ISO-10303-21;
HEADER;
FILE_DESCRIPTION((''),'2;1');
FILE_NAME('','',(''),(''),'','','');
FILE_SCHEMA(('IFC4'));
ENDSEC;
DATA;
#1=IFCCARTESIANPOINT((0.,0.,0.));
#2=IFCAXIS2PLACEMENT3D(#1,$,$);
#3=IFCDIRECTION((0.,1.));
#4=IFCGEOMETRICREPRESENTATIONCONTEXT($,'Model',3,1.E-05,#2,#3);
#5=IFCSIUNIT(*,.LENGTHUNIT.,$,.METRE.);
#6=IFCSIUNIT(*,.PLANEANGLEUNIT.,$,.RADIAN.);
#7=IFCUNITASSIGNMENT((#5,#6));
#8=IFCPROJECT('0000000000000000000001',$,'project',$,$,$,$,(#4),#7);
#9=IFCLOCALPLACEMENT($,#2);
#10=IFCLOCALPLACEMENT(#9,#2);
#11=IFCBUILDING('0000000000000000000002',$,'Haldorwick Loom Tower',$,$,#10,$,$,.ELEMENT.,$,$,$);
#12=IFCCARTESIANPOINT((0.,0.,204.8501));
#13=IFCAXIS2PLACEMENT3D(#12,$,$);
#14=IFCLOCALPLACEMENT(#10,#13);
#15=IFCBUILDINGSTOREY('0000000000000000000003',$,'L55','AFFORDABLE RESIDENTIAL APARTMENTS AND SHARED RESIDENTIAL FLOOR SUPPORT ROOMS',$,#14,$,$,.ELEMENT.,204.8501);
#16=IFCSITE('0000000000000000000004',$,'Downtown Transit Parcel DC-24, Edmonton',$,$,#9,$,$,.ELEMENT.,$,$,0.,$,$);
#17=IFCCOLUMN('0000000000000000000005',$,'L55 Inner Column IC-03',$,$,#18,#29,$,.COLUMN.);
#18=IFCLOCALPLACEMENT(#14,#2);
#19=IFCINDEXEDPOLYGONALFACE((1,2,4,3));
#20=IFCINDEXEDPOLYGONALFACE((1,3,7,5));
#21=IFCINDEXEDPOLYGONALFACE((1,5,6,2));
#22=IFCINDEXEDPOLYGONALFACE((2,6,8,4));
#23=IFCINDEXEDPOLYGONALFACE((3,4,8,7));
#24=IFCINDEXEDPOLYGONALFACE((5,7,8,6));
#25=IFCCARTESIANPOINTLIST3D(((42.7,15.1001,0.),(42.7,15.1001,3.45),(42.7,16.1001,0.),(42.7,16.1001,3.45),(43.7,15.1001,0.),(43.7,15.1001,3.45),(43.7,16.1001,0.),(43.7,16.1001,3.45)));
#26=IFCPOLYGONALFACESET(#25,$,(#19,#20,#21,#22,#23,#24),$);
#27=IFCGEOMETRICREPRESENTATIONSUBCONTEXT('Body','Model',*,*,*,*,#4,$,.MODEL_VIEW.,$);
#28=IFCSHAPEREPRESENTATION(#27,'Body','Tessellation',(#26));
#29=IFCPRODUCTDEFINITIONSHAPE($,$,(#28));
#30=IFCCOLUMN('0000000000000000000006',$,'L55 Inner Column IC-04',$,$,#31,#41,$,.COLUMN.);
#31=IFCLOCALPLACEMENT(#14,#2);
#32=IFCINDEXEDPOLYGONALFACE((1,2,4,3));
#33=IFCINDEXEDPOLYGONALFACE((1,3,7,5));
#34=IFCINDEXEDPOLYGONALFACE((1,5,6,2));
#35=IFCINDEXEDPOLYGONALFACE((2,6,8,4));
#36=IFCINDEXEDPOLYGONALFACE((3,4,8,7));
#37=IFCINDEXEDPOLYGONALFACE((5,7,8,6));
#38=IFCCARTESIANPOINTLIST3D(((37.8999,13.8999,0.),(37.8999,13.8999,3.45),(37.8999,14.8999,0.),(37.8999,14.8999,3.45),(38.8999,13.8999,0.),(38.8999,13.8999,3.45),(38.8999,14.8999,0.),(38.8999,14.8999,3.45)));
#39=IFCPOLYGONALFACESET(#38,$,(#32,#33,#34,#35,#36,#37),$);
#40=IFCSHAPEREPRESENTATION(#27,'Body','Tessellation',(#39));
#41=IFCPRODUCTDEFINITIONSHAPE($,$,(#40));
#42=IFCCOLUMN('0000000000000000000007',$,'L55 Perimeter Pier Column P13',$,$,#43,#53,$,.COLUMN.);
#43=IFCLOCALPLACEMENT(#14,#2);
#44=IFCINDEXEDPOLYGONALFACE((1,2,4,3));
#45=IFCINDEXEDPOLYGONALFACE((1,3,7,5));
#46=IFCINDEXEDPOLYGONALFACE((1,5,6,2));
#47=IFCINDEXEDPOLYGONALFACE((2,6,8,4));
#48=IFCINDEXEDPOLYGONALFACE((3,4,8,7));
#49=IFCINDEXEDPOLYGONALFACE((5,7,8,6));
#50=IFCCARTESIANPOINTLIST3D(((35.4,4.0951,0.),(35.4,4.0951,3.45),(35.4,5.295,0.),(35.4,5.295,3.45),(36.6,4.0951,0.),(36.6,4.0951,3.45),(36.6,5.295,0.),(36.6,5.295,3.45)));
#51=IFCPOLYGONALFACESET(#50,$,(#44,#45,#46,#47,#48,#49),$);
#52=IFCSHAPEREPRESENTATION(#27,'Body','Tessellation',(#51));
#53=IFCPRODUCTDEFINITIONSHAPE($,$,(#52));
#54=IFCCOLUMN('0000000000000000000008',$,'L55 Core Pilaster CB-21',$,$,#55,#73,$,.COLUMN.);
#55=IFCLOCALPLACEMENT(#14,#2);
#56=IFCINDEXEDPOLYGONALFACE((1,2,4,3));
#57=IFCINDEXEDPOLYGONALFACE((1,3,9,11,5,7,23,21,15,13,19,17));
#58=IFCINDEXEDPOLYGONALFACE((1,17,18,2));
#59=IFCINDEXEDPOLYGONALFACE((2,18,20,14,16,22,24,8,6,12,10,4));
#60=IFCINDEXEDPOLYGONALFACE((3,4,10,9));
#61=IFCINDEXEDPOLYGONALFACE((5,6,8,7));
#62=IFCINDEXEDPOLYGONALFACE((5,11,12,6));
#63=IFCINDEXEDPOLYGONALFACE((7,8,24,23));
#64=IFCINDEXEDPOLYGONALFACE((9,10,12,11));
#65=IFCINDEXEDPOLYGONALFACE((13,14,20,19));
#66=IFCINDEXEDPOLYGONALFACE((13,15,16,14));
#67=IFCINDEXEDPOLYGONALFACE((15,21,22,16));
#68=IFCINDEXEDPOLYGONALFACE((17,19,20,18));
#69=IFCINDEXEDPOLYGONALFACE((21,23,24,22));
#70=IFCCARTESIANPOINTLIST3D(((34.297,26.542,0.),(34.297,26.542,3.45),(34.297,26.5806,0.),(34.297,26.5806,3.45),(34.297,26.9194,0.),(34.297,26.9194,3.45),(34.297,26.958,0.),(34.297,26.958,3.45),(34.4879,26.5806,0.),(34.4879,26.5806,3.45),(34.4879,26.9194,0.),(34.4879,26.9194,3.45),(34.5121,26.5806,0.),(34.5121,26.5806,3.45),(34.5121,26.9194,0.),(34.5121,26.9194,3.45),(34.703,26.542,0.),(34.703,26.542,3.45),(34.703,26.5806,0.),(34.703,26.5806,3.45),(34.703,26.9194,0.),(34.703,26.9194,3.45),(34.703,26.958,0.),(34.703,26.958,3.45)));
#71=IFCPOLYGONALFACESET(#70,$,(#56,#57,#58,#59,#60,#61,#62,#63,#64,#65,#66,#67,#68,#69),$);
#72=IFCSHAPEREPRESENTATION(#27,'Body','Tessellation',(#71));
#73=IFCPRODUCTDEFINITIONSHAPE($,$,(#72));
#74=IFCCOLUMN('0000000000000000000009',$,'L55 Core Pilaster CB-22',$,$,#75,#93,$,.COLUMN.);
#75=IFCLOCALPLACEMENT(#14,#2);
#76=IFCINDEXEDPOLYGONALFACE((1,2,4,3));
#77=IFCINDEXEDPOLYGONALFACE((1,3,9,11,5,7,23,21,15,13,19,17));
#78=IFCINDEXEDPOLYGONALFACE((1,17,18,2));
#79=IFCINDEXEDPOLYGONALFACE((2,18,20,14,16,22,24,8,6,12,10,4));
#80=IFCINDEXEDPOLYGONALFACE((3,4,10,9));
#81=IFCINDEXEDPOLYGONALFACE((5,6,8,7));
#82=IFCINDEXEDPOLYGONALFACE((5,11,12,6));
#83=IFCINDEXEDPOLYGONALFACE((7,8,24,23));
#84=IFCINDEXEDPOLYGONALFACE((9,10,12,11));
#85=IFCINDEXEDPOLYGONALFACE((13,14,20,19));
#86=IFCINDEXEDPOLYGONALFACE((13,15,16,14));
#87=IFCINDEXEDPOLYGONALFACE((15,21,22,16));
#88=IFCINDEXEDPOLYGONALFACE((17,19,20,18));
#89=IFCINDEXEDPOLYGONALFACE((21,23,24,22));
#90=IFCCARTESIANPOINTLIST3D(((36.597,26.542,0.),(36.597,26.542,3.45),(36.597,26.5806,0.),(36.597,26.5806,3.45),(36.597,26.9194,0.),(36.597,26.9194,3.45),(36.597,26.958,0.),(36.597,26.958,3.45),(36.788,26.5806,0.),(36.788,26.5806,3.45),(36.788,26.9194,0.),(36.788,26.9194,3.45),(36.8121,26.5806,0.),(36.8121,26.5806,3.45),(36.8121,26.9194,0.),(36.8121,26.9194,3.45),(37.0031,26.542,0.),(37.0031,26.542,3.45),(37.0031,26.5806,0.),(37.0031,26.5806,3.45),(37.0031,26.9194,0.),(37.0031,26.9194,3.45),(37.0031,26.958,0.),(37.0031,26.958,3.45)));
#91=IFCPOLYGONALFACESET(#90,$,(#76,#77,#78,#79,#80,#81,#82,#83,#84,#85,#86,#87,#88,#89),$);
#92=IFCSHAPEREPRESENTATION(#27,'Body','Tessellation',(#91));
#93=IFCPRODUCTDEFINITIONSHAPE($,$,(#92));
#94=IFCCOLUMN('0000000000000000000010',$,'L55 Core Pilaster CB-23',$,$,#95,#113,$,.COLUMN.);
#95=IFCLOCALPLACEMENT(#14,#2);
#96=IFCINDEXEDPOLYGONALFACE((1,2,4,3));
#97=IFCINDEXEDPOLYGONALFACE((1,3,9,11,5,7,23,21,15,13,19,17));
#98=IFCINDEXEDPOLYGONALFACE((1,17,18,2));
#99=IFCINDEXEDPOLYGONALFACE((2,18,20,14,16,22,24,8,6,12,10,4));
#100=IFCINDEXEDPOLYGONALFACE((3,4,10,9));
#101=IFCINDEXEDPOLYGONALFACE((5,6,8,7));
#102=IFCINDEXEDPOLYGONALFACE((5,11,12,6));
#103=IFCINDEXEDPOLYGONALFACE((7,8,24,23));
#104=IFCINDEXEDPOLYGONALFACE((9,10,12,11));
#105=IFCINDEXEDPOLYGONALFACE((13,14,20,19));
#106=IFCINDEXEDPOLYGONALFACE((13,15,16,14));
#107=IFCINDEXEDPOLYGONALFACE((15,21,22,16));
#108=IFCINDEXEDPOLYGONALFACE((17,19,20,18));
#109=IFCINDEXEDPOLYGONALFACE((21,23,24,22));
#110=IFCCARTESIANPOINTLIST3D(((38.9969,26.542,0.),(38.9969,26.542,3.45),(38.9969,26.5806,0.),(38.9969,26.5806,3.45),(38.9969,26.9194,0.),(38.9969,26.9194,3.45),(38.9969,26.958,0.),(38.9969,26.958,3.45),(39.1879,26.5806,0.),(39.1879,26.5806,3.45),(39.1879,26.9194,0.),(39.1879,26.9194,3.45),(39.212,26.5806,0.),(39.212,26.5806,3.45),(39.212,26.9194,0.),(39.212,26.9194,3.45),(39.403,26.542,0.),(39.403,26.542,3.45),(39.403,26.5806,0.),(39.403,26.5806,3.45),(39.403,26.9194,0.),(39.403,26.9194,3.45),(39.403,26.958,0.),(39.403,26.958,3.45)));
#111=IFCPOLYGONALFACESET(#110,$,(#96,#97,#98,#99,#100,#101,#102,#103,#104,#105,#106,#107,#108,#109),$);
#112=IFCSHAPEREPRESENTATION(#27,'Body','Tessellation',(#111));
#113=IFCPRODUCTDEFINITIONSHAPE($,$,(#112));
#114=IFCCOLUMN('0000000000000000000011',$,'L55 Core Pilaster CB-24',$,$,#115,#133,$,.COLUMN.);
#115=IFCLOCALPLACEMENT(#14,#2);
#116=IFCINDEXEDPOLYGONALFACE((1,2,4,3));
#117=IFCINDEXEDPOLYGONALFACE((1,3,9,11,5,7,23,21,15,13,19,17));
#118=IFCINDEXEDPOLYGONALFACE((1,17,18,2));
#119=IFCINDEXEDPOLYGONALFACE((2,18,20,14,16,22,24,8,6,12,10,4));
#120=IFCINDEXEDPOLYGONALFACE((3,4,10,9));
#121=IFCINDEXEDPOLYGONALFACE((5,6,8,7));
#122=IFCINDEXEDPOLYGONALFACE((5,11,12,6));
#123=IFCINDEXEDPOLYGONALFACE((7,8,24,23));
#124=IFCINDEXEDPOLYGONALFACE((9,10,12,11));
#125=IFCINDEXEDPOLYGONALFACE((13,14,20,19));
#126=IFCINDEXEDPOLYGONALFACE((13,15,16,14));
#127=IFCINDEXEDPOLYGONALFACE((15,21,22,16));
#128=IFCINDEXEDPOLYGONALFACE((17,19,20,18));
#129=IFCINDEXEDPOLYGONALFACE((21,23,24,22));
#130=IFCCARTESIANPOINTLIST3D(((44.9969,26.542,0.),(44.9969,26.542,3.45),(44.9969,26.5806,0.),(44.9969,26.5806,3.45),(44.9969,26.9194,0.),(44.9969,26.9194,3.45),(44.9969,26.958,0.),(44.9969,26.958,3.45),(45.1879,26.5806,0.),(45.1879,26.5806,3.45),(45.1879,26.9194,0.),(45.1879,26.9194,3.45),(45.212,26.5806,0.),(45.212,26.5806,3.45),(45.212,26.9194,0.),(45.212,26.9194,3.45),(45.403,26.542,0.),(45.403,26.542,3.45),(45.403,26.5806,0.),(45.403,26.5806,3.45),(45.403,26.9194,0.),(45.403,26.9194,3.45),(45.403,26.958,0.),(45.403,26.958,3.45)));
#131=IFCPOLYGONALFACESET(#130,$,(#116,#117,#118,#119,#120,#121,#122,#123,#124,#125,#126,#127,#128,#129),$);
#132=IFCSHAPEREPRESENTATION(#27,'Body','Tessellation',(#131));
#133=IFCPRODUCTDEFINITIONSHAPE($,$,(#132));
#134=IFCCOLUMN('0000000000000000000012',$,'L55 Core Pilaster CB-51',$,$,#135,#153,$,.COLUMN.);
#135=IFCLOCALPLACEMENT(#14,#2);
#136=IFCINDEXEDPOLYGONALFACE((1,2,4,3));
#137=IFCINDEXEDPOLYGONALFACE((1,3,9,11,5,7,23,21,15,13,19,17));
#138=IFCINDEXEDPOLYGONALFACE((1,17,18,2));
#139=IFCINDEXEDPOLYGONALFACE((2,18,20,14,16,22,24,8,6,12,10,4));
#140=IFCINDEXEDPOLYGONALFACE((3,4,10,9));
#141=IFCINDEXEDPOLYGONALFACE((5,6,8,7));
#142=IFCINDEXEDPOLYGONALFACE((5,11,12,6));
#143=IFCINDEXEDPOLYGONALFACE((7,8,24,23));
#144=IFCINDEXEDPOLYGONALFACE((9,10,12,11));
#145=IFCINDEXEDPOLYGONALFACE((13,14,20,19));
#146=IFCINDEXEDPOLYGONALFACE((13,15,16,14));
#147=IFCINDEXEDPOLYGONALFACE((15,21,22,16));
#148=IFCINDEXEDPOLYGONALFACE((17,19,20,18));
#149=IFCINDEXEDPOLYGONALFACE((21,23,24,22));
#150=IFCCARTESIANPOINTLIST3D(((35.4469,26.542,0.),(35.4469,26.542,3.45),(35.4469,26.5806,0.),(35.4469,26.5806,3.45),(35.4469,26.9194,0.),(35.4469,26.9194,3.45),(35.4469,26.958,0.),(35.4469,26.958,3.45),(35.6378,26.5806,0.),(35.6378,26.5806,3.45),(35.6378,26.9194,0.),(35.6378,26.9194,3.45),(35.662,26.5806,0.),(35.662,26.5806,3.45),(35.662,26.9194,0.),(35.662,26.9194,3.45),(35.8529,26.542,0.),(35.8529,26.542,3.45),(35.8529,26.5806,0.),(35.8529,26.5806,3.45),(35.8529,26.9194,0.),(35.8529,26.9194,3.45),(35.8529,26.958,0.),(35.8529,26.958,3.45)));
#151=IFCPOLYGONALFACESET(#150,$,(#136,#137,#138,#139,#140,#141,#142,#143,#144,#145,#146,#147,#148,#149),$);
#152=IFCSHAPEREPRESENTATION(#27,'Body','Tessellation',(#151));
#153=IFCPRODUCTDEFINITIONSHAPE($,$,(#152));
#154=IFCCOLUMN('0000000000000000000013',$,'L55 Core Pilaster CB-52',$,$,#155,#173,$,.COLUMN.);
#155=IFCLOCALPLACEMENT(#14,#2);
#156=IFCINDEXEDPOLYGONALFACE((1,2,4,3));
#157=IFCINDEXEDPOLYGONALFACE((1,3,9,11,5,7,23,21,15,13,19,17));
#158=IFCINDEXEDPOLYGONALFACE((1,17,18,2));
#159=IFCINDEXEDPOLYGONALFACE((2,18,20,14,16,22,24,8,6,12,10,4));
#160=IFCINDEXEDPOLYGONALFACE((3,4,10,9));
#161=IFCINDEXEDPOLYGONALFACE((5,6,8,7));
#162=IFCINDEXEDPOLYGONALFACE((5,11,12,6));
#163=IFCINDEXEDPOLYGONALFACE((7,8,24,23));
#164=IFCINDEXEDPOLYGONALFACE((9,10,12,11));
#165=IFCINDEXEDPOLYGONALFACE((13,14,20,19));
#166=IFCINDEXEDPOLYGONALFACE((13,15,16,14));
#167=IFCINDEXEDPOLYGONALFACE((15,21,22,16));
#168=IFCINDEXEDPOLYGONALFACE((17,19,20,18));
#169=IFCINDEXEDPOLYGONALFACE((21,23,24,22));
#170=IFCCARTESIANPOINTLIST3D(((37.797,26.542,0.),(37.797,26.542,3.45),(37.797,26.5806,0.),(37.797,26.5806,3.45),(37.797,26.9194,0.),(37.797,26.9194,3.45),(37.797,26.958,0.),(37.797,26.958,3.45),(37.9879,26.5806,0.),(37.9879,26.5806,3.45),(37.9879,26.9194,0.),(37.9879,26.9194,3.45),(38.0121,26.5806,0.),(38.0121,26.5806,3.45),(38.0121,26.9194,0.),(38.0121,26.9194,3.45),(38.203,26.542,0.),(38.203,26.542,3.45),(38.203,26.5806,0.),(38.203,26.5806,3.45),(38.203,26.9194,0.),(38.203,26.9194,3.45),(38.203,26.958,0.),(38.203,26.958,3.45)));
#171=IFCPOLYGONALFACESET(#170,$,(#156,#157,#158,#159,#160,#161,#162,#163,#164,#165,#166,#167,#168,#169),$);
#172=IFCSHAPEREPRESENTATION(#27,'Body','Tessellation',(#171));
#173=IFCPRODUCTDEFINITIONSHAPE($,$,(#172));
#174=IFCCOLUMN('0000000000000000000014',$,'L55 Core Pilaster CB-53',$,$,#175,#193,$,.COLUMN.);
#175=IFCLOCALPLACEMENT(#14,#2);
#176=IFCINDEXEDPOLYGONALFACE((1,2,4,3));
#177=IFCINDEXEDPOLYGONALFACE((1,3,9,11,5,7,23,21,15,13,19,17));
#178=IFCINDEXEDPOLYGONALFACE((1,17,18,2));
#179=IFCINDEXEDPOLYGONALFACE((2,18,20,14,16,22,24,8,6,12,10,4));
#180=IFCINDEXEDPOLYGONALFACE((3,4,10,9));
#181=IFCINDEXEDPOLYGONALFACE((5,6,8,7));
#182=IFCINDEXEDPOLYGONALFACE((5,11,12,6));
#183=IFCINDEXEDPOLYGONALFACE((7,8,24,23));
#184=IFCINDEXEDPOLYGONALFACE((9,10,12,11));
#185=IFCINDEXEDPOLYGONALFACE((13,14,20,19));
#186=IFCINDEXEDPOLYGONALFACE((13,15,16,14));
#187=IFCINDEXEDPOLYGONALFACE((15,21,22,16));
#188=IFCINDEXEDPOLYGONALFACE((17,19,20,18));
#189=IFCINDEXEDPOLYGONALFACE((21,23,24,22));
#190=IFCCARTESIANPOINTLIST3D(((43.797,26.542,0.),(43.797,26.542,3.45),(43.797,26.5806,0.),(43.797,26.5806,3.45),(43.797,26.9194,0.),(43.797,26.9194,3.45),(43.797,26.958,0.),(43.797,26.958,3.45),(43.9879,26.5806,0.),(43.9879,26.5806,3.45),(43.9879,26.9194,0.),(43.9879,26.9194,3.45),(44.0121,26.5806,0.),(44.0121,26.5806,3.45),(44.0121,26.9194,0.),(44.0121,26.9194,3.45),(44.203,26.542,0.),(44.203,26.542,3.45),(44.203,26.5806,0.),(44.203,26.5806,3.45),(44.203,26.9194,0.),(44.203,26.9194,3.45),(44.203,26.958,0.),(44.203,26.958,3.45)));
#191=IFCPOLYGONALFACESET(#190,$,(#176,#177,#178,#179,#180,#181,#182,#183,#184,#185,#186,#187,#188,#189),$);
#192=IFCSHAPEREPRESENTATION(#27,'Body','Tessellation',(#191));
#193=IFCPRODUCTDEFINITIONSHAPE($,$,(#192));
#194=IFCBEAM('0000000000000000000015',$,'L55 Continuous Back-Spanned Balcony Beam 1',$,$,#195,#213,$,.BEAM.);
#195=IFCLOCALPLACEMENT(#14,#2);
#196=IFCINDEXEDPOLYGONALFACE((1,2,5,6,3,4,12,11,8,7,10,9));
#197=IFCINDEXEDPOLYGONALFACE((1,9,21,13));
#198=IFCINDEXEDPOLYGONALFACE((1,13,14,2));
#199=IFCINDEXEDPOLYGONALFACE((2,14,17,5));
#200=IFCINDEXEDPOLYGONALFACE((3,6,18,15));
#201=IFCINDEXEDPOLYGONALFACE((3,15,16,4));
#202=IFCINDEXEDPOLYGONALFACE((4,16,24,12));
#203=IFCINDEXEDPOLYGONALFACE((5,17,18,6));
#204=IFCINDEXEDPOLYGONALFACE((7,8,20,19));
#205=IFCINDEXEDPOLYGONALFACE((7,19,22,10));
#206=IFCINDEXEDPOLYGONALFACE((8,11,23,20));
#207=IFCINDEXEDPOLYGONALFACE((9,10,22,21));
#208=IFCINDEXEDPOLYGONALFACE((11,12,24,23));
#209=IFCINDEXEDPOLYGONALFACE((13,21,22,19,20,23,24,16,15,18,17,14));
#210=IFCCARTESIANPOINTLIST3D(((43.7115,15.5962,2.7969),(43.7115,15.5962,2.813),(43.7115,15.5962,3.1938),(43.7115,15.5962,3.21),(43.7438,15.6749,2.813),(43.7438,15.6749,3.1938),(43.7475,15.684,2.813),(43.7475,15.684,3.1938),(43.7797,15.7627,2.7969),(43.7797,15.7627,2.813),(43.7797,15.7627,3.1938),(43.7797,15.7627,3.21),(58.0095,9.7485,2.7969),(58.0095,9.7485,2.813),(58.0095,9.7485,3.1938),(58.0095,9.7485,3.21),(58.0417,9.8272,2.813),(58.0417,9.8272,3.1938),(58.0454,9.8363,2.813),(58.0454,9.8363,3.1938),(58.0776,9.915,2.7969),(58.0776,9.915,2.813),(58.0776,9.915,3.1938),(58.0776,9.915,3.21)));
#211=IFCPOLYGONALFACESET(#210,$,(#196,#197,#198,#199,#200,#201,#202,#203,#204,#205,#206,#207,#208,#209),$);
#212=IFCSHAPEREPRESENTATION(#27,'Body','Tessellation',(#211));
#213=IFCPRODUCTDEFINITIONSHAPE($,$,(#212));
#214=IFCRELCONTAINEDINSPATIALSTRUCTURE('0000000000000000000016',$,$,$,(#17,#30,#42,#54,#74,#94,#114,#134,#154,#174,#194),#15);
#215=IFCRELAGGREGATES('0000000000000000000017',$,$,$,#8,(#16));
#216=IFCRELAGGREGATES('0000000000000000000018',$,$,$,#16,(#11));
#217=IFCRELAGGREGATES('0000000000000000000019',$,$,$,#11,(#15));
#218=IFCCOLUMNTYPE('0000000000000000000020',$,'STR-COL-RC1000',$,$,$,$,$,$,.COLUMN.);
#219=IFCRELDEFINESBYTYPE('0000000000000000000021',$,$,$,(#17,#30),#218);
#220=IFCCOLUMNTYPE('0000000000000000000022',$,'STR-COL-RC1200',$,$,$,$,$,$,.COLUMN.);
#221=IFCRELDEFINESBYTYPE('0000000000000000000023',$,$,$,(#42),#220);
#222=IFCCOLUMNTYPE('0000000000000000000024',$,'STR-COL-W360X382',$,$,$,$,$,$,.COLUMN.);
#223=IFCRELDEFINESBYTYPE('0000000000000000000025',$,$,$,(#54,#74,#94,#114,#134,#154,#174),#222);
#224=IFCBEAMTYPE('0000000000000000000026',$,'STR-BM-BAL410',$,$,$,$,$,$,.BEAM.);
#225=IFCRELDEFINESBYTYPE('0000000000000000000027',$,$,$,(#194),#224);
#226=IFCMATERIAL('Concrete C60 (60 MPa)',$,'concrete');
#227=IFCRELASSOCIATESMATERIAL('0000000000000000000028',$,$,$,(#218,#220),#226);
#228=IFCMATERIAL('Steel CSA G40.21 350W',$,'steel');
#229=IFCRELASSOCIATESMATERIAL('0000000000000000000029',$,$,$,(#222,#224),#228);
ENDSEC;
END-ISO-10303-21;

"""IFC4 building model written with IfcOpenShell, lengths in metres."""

from ifc_helpers import new_model, si_unit, direction, frame, origin, origin_2d, place, context, subcontext, project, spatial, rectangle, i_section, extrude, material, material_profile, profile_set, type_object, element, save


model = new_model("IFC4")

# Units and contexts
model_context = context("Model", 3, precision=1e-05, world=origin(), true_north=direction((0.0, 1.0)))
body_context = subcontext(model_context, "Body", "Model", "MODEL_VIEW")
ifc_project = project(units=[si_unit("LENGTHUNIT", "METRE"), si_unit("PLANEANGLEUNIT", "RADIAN")], contexts=[model_context])

# Site, building, storey
site_placement = place(None, origin())
site = spatial("IfcSite", under=ifc_project, at=site_placement, Name="Downtown Transit Parcel DC-24, Edmonton", CompositionType="ELEMENT", RefElevation=0.0)
building_placement = place(site_placement, origin())
building = spatial("IfcBuilding", under=site, at=building_placement, Name="Haldorwick Loom Tower", CompositionType="ELEMENT")
storey_placement = place(building_placement, frame((0.0, 0.0, 204.8501)))
storey = spatial("IfcBuildingStorey", under=building, at=storey_placement, Name="L55", Description="AFFORDABLE RESIDENTIAL APARTMENTS AND SHARED RESIDENTIAL FLOOR SUPPORT ROOMS", CompositionType="ELEMENT", Elevation=204.8501)

# Columns
ifc_material_1 = material(Name="Concrete C60 (60 MPa)", Category="concrete")
ifc_material_profile_1 = material_profile(ifc_material_1, rectangle(XDim=1.0, YDim=1.0, at=origin_2d()), Name="RC1000X1000", Category="concrete")
ifc_profile_set_1 = profile_set([ifc_material_profile_1], Name="Concrete C60 (60 MPa)")
column_type_1 = type_object("IfcColumnType", Name="STR-COL-RC1000", PredefinedType="COLUMN", material=ifc_profile_set_1)
for number, where, z_axis, x_axis, name in (
    (1, (43.2, 15.6001, 0.0), (0.0, 0.0, 1.0), (1.0, 0.0, 0.0), "L55 Inner Column IC-03"),
    (2, (38.3999, 14.3999, 0.0), (0.0, 0.0, 1.0), (1.0, 0.0, 0.0), "L55 Inner Column IC-04"),
):
    element("IfcColumn", number, at=place(storey_placement, frame(where, z_axis=z_axis, x_axis=x_axis)), inside=storey, type_object=column_type_1, Name=name, PredefinedType="COLUMN", context=body_context, shape_type="SweptSolid", body=[
        extrude(rectangle(XDim=1.0, YDim=1.0, at=origin_2d()), origin(), (0.0, 0.0, 1.0), 3.45),
    ])
ifc_material_profile_2 = material_profile(ifc_material_1, rectangle(XDim=1.2, YDim=1.2, at=origin_2d()), Name="RC1200X1200", Category="concrete")
ifc_profile_set_2 = profile_set([ifc_material_profile_2], Name="Concrete C60 (60 MPa)")
column_type_2 = type_object("IfcColumnType", Name="STR-COL-RC1200", PredefinedType="COLUMN", material=ifc_profile_set_2)
column_placement = place(storey_placement, frame((36.0, 4.6951, 0.0), z_axis=(0.0, 0.0, 1.0), x_axis=(0.0, -1.0, 0.0)))
element("IfcColumn", 3, at=column_placement, inside=storey, type_object=column_type_2, Name="L55 Perimeter Pier Column P13", PredefinedType="COLUMN", context=body_context, shape_type="SweptSolid", body=[
    extrude(rectangle(XDim=1.2, YDim=1.2, at=origin_2d()), origin(), (0.0, 0.0, 1.0), 3.45),
])
ifc_material_2 = material(Name="Steel CSA G40.21 350W", Category="steel")
ifc_material_profile_3 = material_profile(ifc_material_2, i_section(OverallWidth=0.406, OverallDepth=0.416, WebThickness=0.0242, FlangeThickness=0.0386, at=origin_2d()), Name="W360X382", Category="steel")
ifc_profile_set_3 = profile_set([ifc_material_profile_3], Name="Steel CSA G40.21 350W")
column_type_3 = type_object("IfcColumnType", Name="STR-COL-W360X382", PredefinedType="COLUMN", material=ifc_profile_set_3)
for number, where, z_axis, x_axis, name in (
    (4, (34.5, 26.75, 0.0), (0.0, 0.0, 1.0), (1.0, 0.0, 0.0), "L55 Core Pilaster CB-21"),
    (5, (36.8, 26.75, 0.0), (0.0, 0.0, 1.0), (1.0, 0.0, 0.0), "L55 Core Pilaster CB-22"),
    (6, (39.2, 26.75, 0.0), (0.0, 0.0, 1.0), (1.0, 0.0, 0.0), "L55 Core Pilaster CB-23"),
    (7, (45.2, 26.75, 0.0), (0.0, 0.0, 1.0), (1.0, 0.0, 0.0), "L55 Core Pilaster CB-24"),
    (8, (35.6499, 26.75, 0.0), (0.0, 0.0, 1.0), (1.0, 0.0, 0.0), "L55 Core Pilaster CB-51"),
    (9, (38.0, 26.75, 0.0), (0.0, 0.0, 1.0), (1.0, 0.0, 0.0), "L55 Core Pilaster CB-52"),
    (10, (44.0, 26.75, 0.0), (0.0, 0.0, 1.0), (1.0, 0.0, 0.0), "L55 Core Pilaster CB-53"),
):
    element("IfcColumn", number, at=place(storey_placement, frame(where, z_axis=z_axis, x_axis=x_axis)), inside=storey, type_object=column_type_3, Name=name, PredefinedType="COLUMN", context=body_context, shape_type="SweptSolid", body=[
        extrude(i_section(OverallWidth=0.406, OverallDepth=0.416, WebThickness=0.0242, FlangeThickness=0.0386, at=origin_2d()), origin(), (0.0, 0.0, 1.0), 3.45),
    ])

# Beam
ifc_material_profile_4 = material_profile(ifc_material_2, i_section(OverallWidth=0.1799, OverallDepth=0.4131, WebThickness=0.0098, FlangeThickness=0.0161, at=origin_2d()), Name="W410X74", Category="steel")
ifc_profile_set_4 = profile_set([ifc_material_profile_4], Name="Steel CSA G40.21 350W")
beam_type_1 = type_object("IfcBeamType", Name="STR-BM-BAL410", PredefinedType="BEAM", material=ifc_profile_set_4)
beam_1_placement = place(storey_placement, frame((43.7456, 15.6794, 3.0034), z_axis=(0.92558, -0.378552, 0.0), x_axis=(0.378552, 0.92558, 0.0)))
element("IfcBeam", 11, at=beam_1_placement, inside=storey, type_object=beam_type_1, Name="L55 Continuous Back-Spanned Balcony Beam 1", PredefinedType="BEAM", context=body_context, shape_type="SweptSolid", body=[
    extrude(i_section(OverallWidth=0.1799, OverallDepth=0.4131, WebThickness=0.0098, FlangeThickness=0.0161, at=origin_2d()), origin(), (0.0, 0.0, 1.0), 15.4475),
])

save(model, "model.ifc")
